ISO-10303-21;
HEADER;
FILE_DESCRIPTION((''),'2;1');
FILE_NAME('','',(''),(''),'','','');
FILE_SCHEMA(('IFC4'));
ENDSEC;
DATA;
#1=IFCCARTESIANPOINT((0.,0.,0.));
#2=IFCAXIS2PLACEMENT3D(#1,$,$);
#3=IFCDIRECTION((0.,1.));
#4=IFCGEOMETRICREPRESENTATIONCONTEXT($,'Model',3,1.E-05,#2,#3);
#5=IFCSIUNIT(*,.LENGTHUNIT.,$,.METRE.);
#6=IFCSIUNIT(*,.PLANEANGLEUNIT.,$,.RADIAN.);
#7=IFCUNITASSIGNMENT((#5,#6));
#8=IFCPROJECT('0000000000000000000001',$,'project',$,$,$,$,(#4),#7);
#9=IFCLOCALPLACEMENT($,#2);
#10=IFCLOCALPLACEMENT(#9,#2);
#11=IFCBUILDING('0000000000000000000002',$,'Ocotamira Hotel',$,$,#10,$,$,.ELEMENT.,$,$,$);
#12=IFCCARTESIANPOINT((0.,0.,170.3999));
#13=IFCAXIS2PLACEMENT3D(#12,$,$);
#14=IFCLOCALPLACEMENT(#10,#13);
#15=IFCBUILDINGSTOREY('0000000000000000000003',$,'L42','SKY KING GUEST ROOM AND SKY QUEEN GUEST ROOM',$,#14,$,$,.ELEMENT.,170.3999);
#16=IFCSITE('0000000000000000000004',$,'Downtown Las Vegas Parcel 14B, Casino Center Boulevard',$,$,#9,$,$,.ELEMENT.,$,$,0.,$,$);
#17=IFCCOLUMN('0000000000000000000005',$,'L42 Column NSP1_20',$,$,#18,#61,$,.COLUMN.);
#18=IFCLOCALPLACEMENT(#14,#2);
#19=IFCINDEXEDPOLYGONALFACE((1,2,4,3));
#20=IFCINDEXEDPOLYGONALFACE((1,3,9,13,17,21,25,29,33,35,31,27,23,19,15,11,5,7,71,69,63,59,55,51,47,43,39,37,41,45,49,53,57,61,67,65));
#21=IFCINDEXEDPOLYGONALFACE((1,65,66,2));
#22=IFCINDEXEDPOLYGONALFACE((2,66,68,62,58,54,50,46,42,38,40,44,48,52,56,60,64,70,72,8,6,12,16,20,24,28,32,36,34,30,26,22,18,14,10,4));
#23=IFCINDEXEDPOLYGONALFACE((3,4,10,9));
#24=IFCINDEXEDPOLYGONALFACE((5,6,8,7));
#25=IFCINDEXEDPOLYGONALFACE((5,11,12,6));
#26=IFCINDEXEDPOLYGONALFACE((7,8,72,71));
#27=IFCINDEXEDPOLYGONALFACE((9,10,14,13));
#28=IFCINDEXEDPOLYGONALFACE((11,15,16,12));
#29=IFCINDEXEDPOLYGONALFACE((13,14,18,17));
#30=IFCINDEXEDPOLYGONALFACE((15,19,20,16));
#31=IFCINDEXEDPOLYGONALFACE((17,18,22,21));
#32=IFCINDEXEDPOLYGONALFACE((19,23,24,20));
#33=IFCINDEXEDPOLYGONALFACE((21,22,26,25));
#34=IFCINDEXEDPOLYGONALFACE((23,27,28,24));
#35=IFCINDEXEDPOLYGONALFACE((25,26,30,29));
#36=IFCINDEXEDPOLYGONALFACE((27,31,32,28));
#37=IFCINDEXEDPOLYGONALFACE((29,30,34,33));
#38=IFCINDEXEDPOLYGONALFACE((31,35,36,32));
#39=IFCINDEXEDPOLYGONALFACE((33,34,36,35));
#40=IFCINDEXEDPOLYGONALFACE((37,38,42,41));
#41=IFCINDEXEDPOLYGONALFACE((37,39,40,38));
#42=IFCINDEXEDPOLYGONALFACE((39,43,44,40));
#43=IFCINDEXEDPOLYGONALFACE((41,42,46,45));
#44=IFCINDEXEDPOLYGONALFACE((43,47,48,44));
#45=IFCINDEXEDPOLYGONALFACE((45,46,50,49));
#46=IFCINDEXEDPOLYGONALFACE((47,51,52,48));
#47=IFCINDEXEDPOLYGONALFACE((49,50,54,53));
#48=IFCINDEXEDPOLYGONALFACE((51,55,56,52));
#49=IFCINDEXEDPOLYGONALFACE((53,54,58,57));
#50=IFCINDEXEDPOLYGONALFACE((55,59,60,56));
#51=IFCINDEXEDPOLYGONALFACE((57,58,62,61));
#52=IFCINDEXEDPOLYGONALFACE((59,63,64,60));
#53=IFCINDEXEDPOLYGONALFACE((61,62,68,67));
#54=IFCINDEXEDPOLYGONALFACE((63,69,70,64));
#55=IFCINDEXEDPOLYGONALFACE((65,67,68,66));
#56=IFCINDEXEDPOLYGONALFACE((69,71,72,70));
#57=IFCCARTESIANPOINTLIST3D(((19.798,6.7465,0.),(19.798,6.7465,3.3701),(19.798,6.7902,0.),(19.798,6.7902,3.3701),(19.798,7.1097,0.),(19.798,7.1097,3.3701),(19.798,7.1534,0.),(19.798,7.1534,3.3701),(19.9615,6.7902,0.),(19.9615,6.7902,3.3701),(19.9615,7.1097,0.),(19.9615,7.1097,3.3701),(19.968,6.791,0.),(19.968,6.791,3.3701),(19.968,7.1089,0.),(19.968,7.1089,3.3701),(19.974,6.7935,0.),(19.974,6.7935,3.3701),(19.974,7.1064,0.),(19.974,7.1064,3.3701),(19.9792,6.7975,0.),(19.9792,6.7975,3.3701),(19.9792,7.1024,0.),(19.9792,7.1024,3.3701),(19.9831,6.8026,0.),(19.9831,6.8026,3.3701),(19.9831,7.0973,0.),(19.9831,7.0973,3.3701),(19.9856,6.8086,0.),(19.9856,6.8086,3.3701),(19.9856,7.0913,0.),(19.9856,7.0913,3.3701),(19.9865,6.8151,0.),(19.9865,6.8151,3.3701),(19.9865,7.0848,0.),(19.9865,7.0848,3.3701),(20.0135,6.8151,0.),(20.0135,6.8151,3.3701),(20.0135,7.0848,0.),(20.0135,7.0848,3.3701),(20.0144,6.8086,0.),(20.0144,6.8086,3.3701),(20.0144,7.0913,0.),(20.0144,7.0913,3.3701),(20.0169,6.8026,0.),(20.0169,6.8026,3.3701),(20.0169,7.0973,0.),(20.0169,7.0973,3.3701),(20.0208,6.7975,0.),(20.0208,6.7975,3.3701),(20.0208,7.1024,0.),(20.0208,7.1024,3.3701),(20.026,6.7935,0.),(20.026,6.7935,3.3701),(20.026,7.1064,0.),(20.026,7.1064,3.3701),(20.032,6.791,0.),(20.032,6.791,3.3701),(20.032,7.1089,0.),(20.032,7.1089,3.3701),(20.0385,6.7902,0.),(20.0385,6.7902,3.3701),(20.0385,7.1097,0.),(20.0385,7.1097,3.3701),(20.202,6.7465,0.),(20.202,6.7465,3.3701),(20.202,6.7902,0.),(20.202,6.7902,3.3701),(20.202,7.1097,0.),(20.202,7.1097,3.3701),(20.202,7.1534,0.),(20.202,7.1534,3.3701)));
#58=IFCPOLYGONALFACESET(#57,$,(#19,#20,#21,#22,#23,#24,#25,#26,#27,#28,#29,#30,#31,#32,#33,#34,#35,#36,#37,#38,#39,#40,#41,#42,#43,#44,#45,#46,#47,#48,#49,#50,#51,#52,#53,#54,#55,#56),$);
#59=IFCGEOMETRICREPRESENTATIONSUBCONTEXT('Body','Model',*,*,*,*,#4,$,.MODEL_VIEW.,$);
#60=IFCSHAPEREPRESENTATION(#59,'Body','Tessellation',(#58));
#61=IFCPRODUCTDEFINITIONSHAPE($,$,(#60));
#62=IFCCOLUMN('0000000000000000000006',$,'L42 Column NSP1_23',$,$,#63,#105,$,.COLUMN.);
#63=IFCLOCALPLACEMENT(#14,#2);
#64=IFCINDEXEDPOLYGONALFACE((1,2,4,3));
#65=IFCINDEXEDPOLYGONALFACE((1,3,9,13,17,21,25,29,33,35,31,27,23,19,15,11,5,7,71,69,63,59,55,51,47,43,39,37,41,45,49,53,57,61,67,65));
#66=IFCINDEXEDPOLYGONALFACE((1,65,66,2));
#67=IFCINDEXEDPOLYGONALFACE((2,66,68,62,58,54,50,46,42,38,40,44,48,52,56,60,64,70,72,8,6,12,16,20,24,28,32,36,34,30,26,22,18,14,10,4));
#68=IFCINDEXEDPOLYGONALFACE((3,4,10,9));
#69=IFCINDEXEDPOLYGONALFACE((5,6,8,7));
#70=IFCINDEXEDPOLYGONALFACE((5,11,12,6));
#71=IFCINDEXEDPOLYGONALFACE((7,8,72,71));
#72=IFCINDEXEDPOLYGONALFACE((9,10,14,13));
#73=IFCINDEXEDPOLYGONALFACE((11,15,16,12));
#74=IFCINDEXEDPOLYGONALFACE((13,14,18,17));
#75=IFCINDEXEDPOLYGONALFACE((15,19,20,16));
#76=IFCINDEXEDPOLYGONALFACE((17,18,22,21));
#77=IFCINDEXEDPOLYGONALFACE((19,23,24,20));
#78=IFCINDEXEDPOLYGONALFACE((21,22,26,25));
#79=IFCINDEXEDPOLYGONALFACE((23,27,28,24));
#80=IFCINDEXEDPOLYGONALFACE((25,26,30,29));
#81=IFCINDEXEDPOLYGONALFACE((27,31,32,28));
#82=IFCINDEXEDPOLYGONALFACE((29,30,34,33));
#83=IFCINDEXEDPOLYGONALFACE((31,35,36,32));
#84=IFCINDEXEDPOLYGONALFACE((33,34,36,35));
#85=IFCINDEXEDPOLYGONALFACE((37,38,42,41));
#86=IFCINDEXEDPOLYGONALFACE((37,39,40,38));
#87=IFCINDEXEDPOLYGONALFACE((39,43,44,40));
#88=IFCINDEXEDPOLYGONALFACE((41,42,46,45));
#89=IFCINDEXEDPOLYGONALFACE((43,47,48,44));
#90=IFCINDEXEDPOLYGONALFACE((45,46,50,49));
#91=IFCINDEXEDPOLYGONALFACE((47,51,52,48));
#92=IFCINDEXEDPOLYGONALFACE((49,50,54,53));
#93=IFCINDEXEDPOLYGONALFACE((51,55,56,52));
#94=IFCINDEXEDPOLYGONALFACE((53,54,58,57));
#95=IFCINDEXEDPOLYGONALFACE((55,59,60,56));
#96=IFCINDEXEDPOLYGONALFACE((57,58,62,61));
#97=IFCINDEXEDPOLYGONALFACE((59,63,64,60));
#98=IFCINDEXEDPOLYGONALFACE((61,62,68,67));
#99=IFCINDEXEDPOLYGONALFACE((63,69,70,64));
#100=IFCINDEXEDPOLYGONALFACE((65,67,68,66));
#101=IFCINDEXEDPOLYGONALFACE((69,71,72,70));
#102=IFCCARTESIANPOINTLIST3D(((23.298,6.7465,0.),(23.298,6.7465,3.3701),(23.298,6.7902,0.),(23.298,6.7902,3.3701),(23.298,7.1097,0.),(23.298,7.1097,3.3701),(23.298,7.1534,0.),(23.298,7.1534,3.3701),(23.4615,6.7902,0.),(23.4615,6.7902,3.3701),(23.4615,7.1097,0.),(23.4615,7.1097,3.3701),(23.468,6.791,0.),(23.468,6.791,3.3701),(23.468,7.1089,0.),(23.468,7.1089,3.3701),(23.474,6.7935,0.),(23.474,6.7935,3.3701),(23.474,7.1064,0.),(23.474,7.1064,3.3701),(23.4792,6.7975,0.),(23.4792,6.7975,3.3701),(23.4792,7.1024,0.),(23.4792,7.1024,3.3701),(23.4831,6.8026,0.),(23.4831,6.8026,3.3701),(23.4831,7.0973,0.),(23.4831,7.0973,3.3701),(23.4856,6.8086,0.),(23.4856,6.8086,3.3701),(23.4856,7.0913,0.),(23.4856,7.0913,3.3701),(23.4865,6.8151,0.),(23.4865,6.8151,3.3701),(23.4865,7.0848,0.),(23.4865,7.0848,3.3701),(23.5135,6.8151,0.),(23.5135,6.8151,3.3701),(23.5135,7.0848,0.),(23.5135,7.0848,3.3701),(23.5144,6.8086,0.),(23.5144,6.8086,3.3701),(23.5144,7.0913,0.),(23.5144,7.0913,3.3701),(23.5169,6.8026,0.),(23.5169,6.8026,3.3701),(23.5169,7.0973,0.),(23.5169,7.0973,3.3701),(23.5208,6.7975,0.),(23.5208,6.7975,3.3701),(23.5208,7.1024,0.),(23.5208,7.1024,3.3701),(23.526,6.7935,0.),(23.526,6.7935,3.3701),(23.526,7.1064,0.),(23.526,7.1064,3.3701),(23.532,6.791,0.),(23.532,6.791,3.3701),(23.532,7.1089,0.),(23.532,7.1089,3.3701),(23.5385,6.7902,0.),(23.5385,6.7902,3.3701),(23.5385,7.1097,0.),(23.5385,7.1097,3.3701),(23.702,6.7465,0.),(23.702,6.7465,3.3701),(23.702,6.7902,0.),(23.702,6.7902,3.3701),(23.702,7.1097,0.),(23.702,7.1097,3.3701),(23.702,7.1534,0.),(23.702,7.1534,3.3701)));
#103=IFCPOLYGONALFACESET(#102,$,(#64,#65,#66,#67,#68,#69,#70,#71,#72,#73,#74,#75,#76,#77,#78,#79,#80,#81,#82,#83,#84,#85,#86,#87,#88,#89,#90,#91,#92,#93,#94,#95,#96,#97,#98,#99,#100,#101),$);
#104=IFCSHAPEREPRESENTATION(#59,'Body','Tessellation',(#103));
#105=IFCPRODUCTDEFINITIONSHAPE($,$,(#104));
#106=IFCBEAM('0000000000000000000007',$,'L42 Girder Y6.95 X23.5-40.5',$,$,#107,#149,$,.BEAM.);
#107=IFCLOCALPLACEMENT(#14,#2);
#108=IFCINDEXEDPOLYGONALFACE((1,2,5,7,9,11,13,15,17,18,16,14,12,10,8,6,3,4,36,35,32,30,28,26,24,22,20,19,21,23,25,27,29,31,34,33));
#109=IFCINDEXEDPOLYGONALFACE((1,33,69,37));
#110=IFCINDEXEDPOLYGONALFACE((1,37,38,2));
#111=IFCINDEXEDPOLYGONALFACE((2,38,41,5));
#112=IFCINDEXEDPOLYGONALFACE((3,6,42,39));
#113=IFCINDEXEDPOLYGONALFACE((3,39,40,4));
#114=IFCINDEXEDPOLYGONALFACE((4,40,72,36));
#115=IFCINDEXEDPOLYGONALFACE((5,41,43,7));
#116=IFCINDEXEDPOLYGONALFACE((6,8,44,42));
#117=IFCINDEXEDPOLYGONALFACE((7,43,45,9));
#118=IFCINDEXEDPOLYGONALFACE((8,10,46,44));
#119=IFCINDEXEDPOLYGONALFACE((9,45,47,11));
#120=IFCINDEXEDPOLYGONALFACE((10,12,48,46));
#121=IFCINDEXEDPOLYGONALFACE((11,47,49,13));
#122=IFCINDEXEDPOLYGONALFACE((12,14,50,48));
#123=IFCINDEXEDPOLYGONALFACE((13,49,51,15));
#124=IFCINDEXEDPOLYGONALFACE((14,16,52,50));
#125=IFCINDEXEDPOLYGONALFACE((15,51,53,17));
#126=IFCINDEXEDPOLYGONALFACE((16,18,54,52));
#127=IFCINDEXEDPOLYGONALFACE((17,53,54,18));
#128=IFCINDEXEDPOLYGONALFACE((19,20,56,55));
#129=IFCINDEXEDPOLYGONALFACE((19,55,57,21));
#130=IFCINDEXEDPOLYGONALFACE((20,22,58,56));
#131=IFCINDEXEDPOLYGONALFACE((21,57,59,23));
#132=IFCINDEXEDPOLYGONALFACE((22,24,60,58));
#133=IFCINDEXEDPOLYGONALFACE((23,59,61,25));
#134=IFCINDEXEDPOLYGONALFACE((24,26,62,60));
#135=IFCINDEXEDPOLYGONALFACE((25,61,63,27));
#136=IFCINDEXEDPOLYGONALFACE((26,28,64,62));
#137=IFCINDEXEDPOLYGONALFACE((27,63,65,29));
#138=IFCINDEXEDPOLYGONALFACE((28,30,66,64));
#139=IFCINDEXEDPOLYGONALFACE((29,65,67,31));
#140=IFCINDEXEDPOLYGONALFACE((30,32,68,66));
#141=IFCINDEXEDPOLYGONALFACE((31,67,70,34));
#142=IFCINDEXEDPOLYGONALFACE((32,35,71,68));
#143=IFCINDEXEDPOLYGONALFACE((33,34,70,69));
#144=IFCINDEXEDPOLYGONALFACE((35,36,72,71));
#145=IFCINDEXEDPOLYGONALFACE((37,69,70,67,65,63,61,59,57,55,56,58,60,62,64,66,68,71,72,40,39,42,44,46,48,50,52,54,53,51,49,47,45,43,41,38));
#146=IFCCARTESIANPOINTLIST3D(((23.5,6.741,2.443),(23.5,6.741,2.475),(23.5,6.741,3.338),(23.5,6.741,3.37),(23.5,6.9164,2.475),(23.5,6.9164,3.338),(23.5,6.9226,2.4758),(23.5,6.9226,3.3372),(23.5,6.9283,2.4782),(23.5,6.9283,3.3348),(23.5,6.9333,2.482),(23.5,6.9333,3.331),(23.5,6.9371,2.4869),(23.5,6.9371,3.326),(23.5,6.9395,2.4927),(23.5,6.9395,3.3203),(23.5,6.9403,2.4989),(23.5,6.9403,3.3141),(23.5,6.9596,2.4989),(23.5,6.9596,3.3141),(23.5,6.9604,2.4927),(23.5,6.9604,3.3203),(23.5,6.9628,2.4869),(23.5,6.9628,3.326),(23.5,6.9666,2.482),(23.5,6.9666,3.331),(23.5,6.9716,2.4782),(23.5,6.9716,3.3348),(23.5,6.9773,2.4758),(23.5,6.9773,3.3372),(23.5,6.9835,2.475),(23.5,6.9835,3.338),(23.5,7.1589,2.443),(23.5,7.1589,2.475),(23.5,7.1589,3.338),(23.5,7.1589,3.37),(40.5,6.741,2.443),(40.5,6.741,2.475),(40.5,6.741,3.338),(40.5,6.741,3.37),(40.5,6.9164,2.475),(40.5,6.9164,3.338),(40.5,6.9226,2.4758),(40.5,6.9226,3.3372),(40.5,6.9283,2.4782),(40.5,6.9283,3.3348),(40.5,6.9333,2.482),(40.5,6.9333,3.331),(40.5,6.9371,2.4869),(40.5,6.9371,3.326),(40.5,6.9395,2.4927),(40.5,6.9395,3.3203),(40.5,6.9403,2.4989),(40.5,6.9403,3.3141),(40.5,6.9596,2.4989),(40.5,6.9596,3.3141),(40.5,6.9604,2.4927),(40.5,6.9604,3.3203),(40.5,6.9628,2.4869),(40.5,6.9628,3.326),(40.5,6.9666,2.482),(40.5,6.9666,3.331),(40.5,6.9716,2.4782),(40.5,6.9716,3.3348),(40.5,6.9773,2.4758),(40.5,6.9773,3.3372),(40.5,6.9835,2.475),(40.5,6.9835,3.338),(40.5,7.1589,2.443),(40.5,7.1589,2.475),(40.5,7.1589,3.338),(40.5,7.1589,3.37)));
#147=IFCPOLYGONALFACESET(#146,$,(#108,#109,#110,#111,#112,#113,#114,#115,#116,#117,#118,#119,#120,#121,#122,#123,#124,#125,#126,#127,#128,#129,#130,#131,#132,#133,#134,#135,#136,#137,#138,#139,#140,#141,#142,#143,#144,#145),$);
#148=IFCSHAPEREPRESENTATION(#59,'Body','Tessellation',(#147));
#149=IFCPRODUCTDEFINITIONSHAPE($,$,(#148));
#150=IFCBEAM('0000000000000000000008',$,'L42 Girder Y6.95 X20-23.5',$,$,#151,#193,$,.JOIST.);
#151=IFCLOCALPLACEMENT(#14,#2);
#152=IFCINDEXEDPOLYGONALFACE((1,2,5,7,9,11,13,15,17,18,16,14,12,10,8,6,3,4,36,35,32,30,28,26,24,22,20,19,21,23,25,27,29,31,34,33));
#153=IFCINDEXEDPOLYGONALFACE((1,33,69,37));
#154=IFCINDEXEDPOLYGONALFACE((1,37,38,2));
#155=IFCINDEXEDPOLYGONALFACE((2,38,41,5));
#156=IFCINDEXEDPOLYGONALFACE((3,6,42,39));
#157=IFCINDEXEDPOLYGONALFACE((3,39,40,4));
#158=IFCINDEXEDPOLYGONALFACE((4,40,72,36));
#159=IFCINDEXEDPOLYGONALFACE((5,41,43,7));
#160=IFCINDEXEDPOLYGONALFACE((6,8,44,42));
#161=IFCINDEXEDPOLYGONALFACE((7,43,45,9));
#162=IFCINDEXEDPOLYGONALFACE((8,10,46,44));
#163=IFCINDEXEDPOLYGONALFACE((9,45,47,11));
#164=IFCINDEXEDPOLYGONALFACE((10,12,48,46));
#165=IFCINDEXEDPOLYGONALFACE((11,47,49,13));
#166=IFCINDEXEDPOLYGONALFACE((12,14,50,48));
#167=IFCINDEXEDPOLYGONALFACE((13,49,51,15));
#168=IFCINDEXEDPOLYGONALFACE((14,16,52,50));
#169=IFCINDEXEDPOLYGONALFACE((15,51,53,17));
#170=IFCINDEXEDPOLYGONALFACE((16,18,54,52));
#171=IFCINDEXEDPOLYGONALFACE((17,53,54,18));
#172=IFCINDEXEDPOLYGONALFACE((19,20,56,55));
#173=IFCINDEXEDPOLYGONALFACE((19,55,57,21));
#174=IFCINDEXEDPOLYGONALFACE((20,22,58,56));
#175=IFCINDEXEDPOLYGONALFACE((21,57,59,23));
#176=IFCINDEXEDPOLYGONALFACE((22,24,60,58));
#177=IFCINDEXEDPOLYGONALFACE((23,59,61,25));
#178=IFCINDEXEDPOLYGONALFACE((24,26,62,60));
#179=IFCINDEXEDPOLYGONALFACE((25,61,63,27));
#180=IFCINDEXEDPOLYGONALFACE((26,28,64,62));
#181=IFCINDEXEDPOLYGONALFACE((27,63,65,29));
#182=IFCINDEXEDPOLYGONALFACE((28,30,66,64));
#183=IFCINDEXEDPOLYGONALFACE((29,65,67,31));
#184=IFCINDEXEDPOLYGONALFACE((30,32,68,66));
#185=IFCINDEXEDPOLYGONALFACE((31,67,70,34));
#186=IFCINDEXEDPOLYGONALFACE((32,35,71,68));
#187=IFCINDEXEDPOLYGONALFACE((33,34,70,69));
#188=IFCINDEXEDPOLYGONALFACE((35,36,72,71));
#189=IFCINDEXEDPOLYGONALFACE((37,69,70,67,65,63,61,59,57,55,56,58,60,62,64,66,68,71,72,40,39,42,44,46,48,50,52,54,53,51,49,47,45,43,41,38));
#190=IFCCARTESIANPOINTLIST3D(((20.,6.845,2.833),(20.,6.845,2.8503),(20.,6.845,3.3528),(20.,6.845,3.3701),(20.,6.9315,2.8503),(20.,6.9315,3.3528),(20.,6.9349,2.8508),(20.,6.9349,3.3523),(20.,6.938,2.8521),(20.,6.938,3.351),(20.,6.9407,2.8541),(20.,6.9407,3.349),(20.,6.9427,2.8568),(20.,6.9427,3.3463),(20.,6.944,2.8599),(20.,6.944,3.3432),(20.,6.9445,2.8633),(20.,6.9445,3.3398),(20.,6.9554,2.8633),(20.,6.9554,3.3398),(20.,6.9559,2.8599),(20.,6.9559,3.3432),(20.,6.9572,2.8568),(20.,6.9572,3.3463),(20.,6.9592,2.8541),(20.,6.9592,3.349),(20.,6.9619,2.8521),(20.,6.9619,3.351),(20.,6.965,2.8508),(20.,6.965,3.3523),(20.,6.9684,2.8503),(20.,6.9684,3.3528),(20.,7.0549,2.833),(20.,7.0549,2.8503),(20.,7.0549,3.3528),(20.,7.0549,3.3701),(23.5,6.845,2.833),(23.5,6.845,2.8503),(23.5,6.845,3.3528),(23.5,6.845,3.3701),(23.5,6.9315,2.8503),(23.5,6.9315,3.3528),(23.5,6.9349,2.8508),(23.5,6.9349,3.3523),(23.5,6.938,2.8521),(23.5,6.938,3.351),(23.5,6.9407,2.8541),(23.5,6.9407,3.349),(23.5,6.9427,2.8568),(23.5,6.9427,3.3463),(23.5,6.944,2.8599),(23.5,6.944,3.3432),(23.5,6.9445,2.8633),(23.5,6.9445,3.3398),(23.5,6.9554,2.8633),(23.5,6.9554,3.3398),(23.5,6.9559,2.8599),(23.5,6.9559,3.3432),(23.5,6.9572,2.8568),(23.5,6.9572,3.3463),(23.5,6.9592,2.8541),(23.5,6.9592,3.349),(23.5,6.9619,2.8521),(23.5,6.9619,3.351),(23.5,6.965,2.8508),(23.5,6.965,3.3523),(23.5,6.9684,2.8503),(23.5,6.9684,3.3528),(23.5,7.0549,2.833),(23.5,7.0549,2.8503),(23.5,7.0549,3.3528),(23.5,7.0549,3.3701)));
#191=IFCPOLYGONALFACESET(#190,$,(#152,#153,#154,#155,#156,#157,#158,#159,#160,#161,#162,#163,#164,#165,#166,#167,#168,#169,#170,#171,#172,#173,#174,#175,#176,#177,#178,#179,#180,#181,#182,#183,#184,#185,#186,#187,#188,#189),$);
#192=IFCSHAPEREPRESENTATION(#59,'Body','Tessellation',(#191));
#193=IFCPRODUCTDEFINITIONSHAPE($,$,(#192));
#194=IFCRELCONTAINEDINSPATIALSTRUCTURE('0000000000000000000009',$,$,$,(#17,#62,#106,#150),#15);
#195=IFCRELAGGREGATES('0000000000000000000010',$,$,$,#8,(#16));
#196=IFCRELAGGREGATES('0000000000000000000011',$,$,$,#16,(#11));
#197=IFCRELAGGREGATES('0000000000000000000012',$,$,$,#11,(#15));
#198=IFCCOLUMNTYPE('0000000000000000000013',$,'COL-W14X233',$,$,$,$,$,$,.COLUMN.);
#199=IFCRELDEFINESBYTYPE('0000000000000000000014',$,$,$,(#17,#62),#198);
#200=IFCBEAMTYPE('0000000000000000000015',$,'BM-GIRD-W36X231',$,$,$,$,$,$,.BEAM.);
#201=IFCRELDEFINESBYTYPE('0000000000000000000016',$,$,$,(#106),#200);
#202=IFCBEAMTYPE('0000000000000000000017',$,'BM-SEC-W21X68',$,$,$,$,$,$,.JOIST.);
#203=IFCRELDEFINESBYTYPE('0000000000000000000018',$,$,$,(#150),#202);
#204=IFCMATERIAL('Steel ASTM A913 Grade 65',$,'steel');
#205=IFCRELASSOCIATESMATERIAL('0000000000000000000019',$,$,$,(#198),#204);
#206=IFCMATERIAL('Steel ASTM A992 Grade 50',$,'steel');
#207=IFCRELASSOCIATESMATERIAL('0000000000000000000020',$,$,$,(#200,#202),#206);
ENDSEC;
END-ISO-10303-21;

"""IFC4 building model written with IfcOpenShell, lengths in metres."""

from ifc_helpers import new_model, si_unit, direction, frame, origin, origin_2d, place, context, subcontext, project, spatial, i_section, extrude, source, transform, mapped, material, material_profile, profile_set, type_object, element, save


model = new_model("IFC4")

# Units and contexts
model_context = context("Model", 3, precision=1e-05, world=origin(), true_north=direction((0.0, 1.0)))
body_context = subcontext(model_context, "Body", "Model", "MODEL_VIEW")
ifc_project = project(units=[si_unit("LENGTHUNIT", "METRE"), si_unit("PLANEANGLEUNIT", "RADIAN")], contexts=[model_context])

# Site, building, storey
site_placement = place(None, origin())
site = spatial("IfcSite", under=ifc_project, at=site_placement, Name="Downtown Las Vegas Parcel 14B, Casino Center Boulevard", CompositionType="ELEMENT", RefElevation=0.0)
building_placement = place(site_placement, origin())
building = spatial("IfcBuilding", under=site, at=building_placement, Name="Ocotamira Hotel", CompositionType="ELEMENT")
storey_placement = place(building_placement, frame((0.0, 0.0, 170.3999)))
storey = spatial("IfcBuildingStorey", under=building, at=storey_placement, Name="L42", Description="SKY KING GUEST ROOM AND SKY QUEEN GUEST ROOM", CompositionType="ELEMENT", Elevation=170.3999)

# Columns
ifc_material_1 = material(Name="Steel ASTM A913 Grade 65", Category="steel")
ifc_material_profile_1 = material_profile(ifc_material_1, i_section(OverallWidth=0.4041, OverallDepth=0.407, WebThickness=0.0271, FlangeThickness=0.0437, FilletRadius=0.0249, at=origin_2d()), Name="W14X233")
ifc_profile_set_1 = profile_set([ifc_material_profile_1], Name="Steel ASTM A913 Grade 65")
column_type = type_object("IfcColumnType", Name="COL-W14X233", PredefinedType="COLUMN", material=ifc_profile_set_1)
shared_shape_1 = source(origin(), body_context, "Body", "SweptSolid", [
    extrude(i_section(OverallWidth=0.4041, OverallDepth=0.407, WebThickness=0.0271, FlangeThickness=0.0437, FilletRadius=0.0249, at=origin_2d()), origin(), (0.0, 0.0, 1.0), 3.3701),
])
for number, where, z_axis, x_axis, name in (
    (1, (20.0, 6.95, 0.0), (0.0, 0.0, 1.0), (1.0, 0.0, 0.0), "L42 Column NSP1_20"),
    (2, (23.5, 6.95, 0.0), (0.0, 0.0, 1.0), (1.0, 0.0, 0.0), "L42 Column NSP1_23"),
):
    element("IfcColumn", number, at=place(storey_placement, frame(where, z_axis=z_axis, x_axis=x_axis)), inside=storey, type_object=column_type, Name=name, PredefinedType="COLUMN", context=body_context, shape_type="MappedRepresentation", body=[
        mapped(shared_shape_1, transform((0.0, 0.0, 0.0), scale=1.0)),
    ])

# Beams
ifc_material_2 = material(Name="Steel ASTM A992 Grade 50", Category="steel")
ifc_material_profile_2 = material_profile(ifc_material_2, i_section(OverallWidth=0.418, OverallDepth=0.927, WebThickness=0.0193, FlangeThickness=0.032, FilletRadius=0.0239, at=origin_2d()), Name="W36X231")
ifc_profile_set_2 = profile_set([ifc_material_profile_2], Name="Steel ASTM A992 Grade 50")
beam_type_1 = type_object("IfcBeamType", Name="BM-GIRD-W36X231", PredefinedType="BEAM", material=ifc_profile_set_2)
shared_shape_2 = source(origin(), body_context, "Body", "SweptSolid", [
    extrude(i_section(OverallWidth=0.418, OverallDepth=0.927, WebThickness=0.0193, FlangeThickness=0.032, FilletRadius=0.0239, at=origin_2d()), origin(), (0.0, 0.0, 1.0), 17.0),
])
beam_1_placement = place(storey_placement, frame((23.5, 6.95, 2.9065), z_axis=(1.0, 0.0, 0.0), x_axis=(0.0, 1.0, 0.0)))
element("IfcBeam", 3, at=beam_1_placement, inside=storey, type_object=beam_type_1, Name="L42 Girder Y6.95 X23.5-40.5", PredefinedType="BEAM", context=body_context, shape_type="MappedRepresentation", body=[
    mapped(shared_shape_2, transform((0.0, 0.0, 0.0), scale=1.0)),
])
ifc_material_profile_3 = material_profile(ifc_material_2, i_section(OverallWidth=0.21, OverallDepth=0.5371, WebThickness=0.011, FlangeThickness=0.0173, FilletRadius=0.0129, at=origin_2d()), Name="W21X68")
ifc_profile_set_3 = profile_set([ifc_material_profile_3], Name="Steel ASTM A992 Grade 50")
beam_type_2 = type_object("IfcBeamType", Name="BM-SEC-W21X68", PredefinedType="JOIST", material=ifc_profile_set_3)
shared_shape_3 = source(origin(), body_context, "Body", "SweptSolid", [
    extrude(i_section(OverallWidth=0.21, OverallDepth=0.5371, WebThickness=0.011, FlangeThickness=0.0173, FilletRadius=0.0129, at=origin_2d()), origin(), (0.0, 0.0, 1.0), 3.5),
])
beam_2_placement = place(storey_placement, frame((20.0, 6.95, 3.1016), z_axis=(1.0, 0.0, 0.0), x_axis=(0.0, 1.0, 0.0)))
element("IfcBeam", 4, at=beam_2_placement, inside=storey, type_object=beam_type_2, Name="L42 Girder Y6.95 X20-23.5", PredefinedType="JOIST", context=body_context, shape_type="MappedRepresentation", body=[
    mapped(shared_shape_3, transform((0.0, 0.0, 0.0), scale=1.0)),
])

save(model, "model.ifc")
